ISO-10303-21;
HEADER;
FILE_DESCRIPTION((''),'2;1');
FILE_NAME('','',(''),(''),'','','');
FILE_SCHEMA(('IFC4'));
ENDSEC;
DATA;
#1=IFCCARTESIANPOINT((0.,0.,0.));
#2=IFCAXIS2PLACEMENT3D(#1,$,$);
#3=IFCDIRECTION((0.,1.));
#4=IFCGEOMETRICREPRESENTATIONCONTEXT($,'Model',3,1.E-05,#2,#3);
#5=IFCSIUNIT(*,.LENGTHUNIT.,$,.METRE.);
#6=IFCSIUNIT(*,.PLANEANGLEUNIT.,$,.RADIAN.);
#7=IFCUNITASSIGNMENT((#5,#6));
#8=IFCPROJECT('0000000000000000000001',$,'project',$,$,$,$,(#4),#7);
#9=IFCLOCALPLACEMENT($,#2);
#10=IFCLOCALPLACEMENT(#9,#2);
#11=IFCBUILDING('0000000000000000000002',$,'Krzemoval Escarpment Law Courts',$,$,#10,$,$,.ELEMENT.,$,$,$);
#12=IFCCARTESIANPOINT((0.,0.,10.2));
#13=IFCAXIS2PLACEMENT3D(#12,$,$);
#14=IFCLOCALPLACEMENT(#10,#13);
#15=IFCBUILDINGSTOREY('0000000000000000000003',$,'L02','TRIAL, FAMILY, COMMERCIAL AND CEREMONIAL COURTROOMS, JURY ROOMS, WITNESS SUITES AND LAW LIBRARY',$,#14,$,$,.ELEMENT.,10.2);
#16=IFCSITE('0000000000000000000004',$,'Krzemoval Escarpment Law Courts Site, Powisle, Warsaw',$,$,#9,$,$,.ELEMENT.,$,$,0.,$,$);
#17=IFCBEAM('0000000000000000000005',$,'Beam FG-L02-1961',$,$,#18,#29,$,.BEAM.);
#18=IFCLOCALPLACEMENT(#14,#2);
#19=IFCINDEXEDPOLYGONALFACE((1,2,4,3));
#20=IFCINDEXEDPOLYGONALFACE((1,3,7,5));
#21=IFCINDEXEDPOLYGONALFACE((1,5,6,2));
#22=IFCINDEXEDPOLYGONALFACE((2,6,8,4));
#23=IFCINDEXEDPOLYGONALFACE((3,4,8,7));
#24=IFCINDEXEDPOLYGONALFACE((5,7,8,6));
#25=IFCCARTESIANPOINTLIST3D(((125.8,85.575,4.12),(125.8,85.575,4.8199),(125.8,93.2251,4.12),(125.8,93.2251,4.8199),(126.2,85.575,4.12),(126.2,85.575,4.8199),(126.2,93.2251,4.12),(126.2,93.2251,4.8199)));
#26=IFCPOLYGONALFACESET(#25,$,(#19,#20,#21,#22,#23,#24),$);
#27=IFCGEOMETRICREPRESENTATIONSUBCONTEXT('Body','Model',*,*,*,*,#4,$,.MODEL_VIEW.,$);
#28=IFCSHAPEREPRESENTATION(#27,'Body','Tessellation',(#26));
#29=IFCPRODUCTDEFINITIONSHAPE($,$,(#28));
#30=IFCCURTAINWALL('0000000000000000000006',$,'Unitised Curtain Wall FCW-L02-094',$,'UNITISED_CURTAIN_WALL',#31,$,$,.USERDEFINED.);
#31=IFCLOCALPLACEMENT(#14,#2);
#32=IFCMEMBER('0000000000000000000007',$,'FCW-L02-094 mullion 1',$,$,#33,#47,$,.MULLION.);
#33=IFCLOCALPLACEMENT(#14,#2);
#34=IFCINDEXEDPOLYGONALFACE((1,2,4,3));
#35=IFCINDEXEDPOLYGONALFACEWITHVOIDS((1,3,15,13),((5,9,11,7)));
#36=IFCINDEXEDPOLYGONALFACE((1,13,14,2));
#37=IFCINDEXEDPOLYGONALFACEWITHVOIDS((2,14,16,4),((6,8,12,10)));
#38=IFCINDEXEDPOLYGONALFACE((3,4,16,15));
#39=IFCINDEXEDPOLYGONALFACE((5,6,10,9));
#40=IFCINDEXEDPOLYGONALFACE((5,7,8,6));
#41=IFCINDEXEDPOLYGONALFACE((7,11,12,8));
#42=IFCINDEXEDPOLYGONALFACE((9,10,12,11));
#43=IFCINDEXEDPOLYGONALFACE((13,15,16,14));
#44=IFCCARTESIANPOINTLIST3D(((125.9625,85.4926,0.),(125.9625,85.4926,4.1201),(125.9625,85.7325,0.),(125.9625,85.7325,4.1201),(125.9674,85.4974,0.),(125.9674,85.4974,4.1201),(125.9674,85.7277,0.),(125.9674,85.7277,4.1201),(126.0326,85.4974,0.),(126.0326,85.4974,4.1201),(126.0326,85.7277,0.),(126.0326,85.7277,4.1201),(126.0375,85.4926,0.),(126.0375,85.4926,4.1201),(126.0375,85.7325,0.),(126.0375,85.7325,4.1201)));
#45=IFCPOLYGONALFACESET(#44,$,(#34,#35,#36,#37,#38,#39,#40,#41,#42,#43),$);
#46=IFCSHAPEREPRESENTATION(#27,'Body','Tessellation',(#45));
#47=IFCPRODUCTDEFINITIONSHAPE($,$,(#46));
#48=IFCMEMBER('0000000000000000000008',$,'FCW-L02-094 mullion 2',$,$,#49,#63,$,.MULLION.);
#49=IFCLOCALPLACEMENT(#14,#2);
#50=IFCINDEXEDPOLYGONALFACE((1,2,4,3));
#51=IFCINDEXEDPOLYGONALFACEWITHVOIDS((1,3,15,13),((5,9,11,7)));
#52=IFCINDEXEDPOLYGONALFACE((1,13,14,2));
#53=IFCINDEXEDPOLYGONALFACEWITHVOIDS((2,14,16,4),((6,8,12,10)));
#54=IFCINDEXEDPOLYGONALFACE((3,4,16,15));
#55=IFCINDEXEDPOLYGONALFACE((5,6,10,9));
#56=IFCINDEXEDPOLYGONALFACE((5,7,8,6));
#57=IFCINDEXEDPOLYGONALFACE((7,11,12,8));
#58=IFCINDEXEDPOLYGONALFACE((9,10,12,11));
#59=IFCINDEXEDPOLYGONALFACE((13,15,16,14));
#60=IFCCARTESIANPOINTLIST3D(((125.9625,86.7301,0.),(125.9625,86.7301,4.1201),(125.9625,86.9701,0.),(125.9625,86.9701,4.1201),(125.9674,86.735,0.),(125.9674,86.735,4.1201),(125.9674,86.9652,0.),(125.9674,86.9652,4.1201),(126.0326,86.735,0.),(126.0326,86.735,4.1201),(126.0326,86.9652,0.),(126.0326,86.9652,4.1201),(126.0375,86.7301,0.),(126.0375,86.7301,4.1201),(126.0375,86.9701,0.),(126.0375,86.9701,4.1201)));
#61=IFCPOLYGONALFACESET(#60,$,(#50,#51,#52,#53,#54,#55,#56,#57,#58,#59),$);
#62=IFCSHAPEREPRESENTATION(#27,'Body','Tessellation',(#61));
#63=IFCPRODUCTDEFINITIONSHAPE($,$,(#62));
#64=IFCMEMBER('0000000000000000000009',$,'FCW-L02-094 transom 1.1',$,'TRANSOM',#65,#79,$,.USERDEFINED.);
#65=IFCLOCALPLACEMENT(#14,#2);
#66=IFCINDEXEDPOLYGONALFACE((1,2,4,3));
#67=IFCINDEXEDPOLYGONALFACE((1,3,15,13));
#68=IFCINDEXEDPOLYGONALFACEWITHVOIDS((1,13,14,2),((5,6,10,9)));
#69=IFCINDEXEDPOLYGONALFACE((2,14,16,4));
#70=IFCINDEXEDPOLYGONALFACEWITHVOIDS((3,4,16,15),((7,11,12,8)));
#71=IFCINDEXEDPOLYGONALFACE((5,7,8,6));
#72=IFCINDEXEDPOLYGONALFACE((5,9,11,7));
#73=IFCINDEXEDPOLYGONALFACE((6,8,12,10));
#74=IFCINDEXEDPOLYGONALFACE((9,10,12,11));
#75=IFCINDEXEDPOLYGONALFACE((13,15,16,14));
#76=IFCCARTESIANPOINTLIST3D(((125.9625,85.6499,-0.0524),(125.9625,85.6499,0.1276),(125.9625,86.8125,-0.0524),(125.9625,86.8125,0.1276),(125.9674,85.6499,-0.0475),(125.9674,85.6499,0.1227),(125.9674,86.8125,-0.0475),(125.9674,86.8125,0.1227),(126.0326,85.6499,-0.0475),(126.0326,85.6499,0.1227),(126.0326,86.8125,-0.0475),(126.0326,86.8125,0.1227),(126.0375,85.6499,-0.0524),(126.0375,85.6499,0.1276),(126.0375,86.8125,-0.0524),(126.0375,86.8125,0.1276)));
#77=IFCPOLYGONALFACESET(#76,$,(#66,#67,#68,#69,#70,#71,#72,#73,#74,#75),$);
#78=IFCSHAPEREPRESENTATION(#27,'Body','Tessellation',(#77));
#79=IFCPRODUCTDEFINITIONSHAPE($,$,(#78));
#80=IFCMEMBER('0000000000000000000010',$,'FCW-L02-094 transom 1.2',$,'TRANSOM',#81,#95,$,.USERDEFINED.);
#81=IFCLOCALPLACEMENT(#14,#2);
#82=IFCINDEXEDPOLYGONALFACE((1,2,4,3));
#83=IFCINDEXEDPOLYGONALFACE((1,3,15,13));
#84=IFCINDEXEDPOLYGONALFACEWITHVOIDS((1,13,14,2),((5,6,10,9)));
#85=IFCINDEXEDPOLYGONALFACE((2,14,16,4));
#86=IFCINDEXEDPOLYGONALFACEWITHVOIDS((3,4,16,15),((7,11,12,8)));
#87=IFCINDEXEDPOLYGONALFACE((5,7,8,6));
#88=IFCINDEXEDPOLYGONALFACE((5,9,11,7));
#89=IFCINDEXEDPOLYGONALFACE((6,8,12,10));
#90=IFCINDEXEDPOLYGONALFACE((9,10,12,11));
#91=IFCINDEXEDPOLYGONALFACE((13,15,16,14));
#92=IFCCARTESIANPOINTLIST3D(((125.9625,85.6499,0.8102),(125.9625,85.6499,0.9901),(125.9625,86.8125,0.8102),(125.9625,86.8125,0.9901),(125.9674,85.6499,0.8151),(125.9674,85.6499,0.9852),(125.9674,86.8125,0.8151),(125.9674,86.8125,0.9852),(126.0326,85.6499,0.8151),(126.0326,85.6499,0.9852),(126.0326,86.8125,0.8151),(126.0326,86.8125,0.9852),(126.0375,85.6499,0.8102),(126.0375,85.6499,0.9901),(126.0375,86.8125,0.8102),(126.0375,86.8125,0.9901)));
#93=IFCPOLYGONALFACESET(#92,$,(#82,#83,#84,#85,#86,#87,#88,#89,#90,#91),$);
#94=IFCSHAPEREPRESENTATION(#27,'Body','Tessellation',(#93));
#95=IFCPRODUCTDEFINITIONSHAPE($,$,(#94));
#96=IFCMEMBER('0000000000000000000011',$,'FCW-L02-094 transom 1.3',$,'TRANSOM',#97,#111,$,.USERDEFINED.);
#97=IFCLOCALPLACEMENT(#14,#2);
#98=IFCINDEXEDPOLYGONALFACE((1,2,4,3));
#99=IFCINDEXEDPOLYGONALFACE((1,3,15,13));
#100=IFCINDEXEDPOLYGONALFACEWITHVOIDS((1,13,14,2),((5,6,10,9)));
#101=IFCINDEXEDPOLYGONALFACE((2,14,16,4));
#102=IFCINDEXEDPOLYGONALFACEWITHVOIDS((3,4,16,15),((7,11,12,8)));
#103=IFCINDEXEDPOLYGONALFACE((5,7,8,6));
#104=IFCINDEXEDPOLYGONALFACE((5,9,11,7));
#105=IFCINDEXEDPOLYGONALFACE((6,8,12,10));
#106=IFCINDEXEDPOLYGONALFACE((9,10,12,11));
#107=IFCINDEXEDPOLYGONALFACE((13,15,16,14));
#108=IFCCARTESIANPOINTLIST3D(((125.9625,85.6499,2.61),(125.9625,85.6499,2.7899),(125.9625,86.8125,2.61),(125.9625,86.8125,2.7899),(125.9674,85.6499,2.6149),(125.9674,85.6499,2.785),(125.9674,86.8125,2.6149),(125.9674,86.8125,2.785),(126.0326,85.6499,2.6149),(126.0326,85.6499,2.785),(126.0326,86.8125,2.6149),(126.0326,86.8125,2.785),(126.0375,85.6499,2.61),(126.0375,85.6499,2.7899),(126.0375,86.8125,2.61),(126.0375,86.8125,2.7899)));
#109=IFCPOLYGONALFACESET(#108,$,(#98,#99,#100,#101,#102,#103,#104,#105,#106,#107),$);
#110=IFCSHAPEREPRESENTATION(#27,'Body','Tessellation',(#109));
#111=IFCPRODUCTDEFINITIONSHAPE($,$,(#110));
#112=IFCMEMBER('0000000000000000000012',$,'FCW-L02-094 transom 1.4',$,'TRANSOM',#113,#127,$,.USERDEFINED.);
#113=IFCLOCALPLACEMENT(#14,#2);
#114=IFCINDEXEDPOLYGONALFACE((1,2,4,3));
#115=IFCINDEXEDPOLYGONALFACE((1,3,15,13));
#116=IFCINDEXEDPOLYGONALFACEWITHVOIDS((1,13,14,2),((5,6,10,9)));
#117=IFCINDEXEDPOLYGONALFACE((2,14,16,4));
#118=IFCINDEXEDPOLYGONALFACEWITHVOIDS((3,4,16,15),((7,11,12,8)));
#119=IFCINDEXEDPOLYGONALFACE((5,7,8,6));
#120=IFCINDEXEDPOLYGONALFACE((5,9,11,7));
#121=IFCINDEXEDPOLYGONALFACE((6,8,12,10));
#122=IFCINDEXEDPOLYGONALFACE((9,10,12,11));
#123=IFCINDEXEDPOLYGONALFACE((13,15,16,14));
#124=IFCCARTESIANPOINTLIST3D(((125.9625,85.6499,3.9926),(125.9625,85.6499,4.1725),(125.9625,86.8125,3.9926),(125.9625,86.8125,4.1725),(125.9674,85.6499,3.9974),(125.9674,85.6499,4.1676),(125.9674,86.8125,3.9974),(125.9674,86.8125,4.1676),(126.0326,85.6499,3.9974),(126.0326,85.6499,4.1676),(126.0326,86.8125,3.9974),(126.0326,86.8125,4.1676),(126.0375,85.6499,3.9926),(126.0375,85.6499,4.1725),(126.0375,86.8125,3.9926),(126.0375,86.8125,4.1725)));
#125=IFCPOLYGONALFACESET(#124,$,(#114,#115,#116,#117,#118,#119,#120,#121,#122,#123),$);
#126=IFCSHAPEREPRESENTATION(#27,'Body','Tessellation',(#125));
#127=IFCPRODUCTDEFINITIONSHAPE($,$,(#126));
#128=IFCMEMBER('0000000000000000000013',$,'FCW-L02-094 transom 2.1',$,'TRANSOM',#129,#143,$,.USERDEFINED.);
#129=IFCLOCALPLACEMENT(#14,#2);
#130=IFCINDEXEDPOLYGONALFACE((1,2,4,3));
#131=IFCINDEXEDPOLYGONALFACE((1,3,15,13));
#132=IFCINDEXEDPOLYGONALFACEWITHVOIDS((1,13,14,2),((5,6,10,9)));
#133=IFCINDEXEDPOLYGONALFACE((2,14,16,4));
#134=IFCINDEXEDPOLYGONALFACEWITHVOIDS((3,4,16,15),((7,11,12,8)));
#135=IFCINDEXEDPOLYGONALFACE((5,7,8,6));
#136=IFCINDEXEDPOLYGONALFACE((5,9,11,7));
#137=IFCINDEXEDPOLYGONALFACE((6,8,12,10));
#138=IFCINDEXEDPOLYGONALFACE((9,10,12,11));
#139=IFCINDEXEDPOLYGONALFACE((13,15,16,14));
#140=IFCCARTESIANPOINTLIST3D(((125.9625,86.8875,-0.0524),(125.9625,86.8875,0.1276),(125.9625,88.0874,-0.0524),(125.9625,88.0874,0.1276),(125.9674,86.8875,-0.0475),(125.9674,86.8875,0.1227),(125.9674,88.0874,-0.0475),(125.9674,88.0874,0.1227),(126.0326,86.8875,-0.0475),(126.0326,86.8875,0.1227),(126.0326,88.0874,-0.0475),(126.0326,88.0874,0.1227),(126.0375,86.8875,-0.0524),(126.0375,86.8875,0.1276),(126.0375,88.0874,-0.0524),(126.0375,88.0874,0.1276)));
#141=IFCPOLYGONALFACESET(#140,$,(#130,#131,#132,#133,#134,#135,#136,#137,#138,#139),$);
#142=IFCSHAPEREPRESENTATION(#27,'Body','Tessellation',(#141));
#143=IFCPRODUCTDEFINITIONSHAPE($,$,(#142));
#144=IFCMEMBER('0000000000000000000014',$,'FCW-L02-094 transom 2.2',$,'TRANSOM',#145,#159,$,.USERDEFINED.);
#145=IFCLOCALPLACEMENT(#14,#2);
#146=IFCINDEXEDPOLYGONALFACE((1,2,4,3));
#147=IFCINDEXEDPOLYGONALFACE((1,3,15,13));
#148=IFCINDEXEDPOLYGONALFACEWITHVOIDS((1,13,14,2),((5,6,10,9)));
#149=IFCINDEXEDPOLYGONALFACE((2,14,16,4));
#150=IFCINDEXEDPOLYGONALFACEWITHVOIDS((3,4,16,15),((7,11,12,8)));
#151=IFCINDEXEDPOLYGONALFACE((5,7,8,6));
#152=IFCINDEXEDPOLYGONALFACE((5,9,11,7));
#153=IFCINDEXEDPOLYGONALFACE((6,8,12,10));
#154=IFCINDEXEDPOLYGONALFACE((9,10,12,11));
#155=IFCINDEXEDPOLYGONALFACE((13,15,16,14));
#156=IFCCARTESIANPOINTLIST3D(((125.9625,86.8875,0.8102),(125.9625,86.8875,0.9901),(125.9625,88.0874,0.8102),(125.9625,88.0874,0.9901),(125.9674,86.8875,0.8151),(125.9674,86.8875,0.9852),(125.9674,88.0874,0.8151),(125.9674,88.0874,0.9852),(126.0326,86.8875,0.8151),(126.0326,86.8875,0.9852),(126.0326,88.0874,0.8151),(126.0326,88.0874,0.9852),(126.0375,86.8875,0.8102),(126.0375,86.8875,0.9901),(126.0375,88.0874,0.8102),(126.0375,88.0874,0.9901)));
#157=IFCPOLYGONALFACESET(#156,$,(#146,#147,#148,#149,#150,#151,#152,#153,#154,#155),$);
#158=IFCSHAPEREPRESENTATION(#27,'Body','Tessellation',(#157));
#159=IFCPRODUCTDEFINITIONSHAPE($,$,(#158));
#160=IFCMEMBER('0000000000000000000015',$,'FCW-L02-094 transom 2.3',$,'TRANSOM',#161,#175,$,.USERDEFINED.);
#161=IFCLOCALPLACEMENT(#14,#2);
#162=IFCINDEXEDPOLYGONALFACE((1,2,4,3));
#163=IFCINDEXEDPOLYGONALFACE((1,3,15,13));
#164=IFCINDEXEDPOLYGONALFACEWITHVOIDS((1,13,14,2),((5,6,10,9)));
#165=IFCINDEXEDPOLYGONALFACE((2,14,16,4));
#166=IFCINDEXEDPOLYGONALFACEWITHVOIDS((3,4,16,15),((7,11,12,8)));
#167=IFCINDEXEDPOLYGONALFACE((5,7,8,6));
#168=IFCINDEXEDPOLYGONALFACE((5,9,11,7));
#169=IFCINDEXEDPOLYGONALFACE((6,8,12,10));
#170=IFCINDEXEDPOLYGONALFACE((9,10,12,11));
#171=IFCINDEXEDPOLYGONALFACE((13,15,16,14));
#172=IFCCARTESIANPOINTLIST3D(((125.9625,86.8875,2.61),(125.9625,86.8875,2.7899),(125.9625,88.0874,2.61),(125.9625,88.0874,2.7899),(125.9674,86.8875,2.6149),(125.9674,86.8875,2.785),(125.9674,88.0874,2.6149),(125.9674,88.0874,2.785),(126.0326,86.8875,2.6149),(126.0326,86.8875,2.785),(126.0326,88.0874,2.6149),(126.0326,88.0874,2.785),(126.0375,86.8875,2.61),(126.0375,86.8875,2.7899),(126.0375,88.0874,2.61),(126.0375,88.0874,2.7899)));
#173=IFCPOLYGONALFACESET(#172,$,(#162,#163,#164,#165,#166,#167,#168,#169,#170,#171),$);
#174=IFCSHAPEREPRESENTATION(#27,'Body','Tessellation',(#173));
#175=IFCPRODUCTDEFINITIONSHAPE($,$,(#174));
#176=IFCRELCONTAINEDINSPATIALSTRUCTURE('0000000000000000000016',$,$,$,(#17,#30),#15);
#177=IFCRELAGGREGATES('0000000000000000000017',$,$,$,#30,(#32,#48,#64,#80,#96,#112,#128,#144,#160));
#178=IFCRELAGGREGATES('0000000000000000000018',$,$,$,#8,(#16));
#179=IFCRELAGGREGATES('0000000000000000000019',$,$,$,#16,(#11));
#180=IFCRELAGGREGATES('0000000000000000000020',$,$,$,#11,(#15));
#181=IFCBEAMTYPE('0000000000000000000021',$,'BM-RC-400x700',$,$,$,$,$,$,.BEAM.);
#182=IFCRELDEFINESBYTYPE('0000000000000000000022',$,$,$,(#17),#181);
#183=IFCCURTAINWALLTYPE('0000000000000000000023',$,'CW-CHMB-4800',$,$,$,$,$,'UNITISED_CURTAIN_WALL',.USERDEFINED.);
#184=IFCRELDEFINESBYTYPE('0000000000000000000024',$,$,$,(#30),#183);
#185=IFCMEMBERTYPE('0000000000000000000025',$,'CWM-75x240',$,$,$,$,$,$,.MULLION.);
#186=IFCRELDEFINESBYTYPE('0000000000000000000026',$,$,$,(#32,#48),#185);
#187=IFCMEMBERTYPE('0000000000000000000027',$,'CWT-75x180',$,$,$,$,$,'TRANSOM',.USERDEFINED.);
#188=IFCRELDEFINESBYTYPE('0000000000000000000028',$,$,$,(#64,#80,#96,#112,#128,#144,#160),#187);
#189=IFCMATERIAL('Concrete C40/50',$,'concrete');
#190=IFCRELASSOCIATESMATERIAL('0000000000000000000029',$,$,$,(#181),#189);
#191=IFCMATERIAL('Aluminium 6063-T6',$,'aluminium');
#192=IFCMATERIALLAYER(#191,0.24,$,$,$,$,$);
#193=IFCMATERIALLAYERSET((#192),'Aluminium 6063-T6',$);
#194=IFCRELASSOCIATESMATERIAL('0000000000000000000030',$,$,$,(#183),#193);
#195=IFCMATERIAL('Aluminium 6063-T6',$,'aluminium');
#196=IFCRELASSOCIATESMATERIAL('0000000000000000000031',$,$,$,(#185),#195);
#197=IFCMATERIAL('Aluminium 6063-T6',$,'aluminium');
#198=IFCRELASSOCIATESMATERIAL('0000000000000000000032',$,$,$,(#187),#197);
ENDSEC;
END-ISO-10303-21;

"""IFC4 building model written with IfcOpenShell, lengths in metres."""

from ifc_helpers import new_model, si_unit, direction, frame, origin, origin_2d, place, context, subcontext, project, spatial, rectangle, hollow_rectangle, extrude, material, layer, layer_set, material_profile, profile_set, type_object, element, aggregate, save


model = new_model("IFC4")

# Units and contexts
model_context = context("Model", 3, precision=1e-05, world=origin(), true_north=direction((0.0, 1.0)))
body_context = subcontext(model_context, "Body", "Model", "MODEL_VIEW")
ifc_project = project(units=[si_unit("LENGTHUNIT", "METRE"), si_unit("PLANEANGLEUNIT", "RADIAN")], contexts=[model_context])

# Site, building, storey
site_placement = place(None, origin())
site = spatial("IfcSite", under=ifc_project, at=site_placement, Name="Krzemoval Escarpment Law Courts Site, Powisle, Warsaw", CompositionType="ELEMENT", RefElevation=0.0)
building_placement = place(site_placement, origin())
building = spatial("IfcBuilding", under=site, at=building_placement, Name="Krzemoval Escarpment Law Courts", CompositionType="ELEMENT")
storey_placement = place(building_placement, frame((0.0, 0.0, 10.2)))
storey = spatial("IfcBuildingStorey", under=building, at=storey_placement, Name="L02", Description="TRIAL, FAMILY, COMMERCIAL AND CEREMONIAL COURTROOMS, JURY ROOMS, WITNESS SUITES AND LAW LIBRARY", CompositionType="ELEMENT", Elevation=10.2)

# Beam
ifc_material_1 = material(Name="Concrete C40/50", Category="concrete")
ifc_material_profile_1 = material_profile(ifc_material_1, rectangle(XDim=0.3999, YDim=0.7, at=origin_2d()), Name="RCB 400x700")
ifc_profile_set_1 = profile_set([ifc_material_profile_1], Name="Concrete C40/50")
beam_type = type_object("IfcBeamType", Name="BM-RC-400x700", PredefinedType="BEAM", material=ifc_profile_set_1)
beam_placement = place(storey_placement, frame((126.0, 85.575, 4.47), z_axis=(0.0, 1.0, 0.0), x_axis=(-1.0, 0.0, 0.0)))
element("IfcBeam", 1, at=beam_placement, inside=storey, type_object=beam_type, Name="Beam FG-L02-1961", PredefinedType="BEAM", context=body_context, shape_type="SweptSolid", body=[
    extrude(rectangle(XDim=0.3999, YDim=0.7, at=origin_2d()), origin(), (0.0, 0.0, 1.0), 7.6501),
])

# Curtain wall, members
ifc_material_2 = material(Name="Aluminium 6063-T6", Category="aluminium")
ifc_layer_1 = layer(ifc_material_2, 0.24)
ifc_layer_set_1 = layer_set([ifc_layer_1], Name="Aluminium 6063-T6")
curtain_wall_type = type_object("IfcCurtainWallType", Name="CW-CHMB-4800", ElementType="UNITISED_CURTAIN_WALL", PredefinedType="USERDEFINED", material=ifc_layer_set_1)
curtain_wall_placement = place(storey_placement, origin())
curtain_wall = element("IfcCurtainWall", 2, at=curtain_wall_placement, inside=storey, type_object=curtain_wall_type, Name="Unitised Curtain Wall FCW-L02-094", ObjectType="UNITISED_CURTAIN_WALL", PredefinedType="USERDEFINED")
ifc_material_3 = material(Name="Aluminium 6063-T6", Category="aluminium")
ifc_material_profile_2 = material_profile(ifc_material_3, hollow_rectangle(XDim=0.075, YDim=0.24, WallThickness=0.0049, at=origin_2d()), Name="ALU M75x240")
ifc_profile_set_2 = profile_set([ifc_material_profile_2], Name="Aluminium 6063-T6")
member_type_1 = type_object("IfcMemberType", Name="CWM-75x240", PredefinedType="MULLION", material=ifc_profile_set_2)
member_1_placement = place(storey_placement, frame((126.0, 85.6125, 0.0), z_axis=(0.0, 0.0, 1.0), x_axis=(-1.0, 0.0, 0.0)))
member_1 = element("IfcMember", 3, at=member_1_placement, type_object=member_type_1, Name="FCW-L02-094 mullion 1", PredefinedType="MULLION", context=body_context, shape_type="SweptSolid", body=[
    extrude(hollow_rectangle(XDim=0.075, YDim=0.24, WallThickness=0.0049, at=origin_2d()), origin(), (0.0, 0.0, 1.0), 4.1201),
])
member_2_placement = place(storey_placement, frame((126.0, 86.8501, 0.0), z_axis=(0.0, 0.0, 1.0), x_axis=(-1.0, 0.0, 0.0)))
member_2 = element("IfcMember", 4, at=member_2_placement, type_object=member_type_1, Name="FCW-L02-094 mullion 2", PredefinedType="MULLION", context=body_context, shape_type="SweptSolid", body=[
    extrude(hollow_rectangle(XDim=0.075, YDim=0.24, WallThickness=0.0049, at=origin_2d()), origin(), (0.0, 0.0, 1.0), 4.1201),
])
ifc_material_4 = material(Name="Aluminium 6063-T6", Category="aluminium")
ifc_material_profile_3 = material_profile(ifc_material_4, hollow_rectangle(XDim=0.075, YDim=0.1799, WallThickness=0.0049, at=origin_2d()), Name="ALU T75x180")
ifc_profile_set_3 = profile_set([ifc_material_profile_3], Name="Aluminium 6063-T6")
member_type_2 = type_object("IfcMemberType", Name="CWT-75x180", ElementType="TRANSOM", PredefinedType="USERDEFINED", material=ifc_profile_set_3)
member_3_placement = place(storey_placement, frame((126.0, 85.6499, 0.0376), z_axis=(0.0, 1.0, 0.0), x_axis=(-1.0, 0.0, 0.0)))
member_3 = element("IfcMember", 5, at=member_3_placement, type_object=member_type_2, Name="FCW-L02-094 transom 1.1", ObjectType="TRANSOM", PredefinedType="USERDEFINED", context=body_context, shape_type="SweptSolid", body=[
    extrude(hollow_rectangle(XDim=0.075, YDim=0.1799, WallThickness=0.0049, at=origin_2d()), origin(), (0.0, 0.0, 1.0), 1.1626),
])
member_4_placement = place(storey_placement, frame((126.0, 85.6499, 0.9001), z_axis=(0.0, 1.0, 0.0), x_axis=(-1.0, 0.0, 0.0)))
member_4 = element("IfcMember", 6, at=member_4_placement, type_object=member_type_2, Name="FCW-L02-094 transom 1.2", ObjectType="TRANSOM", PredefinedType="USERDEFINED", context=body_context, shape_type="SweptSolid", body=[
    extrude(hollow_rectangle(XDim=0.075, YDim=0.1799, WallThickness=0.0049, at=origin_2d()), origin(), (0.0, 0.0, 1.0), 1.1626),
])
member_5_placement = place(storey_placement, frame((126.0, 85.6499, 2.7), z_axis=(0.0, 1.0, 0.0), x_axis=(-1.0, 0.0, 0.0)))
member_5 = element("IfcMember", 7, at=member_5_placement, type_object=member_type_2, Name="FCW-L02-094 transom 1.3", ObjectType="TRANSOM", PredefinedType="USERDEFINED", context=body_context, shape_type="SweptSolid", body=[
    extrude(hollow_rectangle(XDim=0.075, YDim=0.1799, WallThickness=0.0049, at=origin_2d()), origin(), (0.0, 0.0, 1.0), 1.1626),
])
member_6_placement = place(storey_placement, frame((126.0, 85.6499, 4.0825), z_axis=(0.0, 1.0, 0.0), x_axis=(-1.0, 0.0, 0.0)))
member_6 = element("IfcMember", 8, at=member_6_placement, type_object=member_type_2, Name="FCW-L02-094 transom 1.4", ObjectType="TRANSOM", PredefinedType="USERDEFINED", context=body_context, shape_type="SweptSolid", body=[
    extrude(hollow_rectangle(XDim=0.075, YDim=0.1799, WallThickness=0.0049, at=origin_2d()), origin(), (0.0, 0.0, 1.0), 1.1626),
])
member_7_placement = place(storey_placement, frame((126.0, 86.8875, 0.0376), z_axis=(0.0, 1.0, 0.0), x_axis=(-1.0, 0.0, 0.0)))
member_7 = element("IfcMember", 9, at=member_7_placement, type_object=member_type_2, Name="FCW-L02-094 transom 2.1", ObjectType="TRANSOM", PredefinedType="USERDEFINED", context=body_context, shape_type="SweptSolid", body=[
    extrude(hollow_rectangle(XDim=0.075, YDim=0.1799, WallThickness=0.0049, at=origin_2d()), origin(), (0.0, 0.0, 1.0), 1.2),
])
member_8_placement = place(storey_placement, frame((126.0, 86.8875, 0.9001), z_axis=(0.0, 1.0, 0.0), x_axis=(-1.0, 0.0, 0.0)))
member_8 = element("IfcMember", 10, at=member_8_placement, type_object=member_type_2, Name="FCW-L02-094 transom 2.2", ObjectType="TRANSOM", PredefinedType="USERDEFINED", context=body_context, shape_type="SweptSolid", body=[
    extrude(hollow_rectangle(XDim=0.075, YDim=0.1799, WallThickness=0.0049, at=origin_2d()), origin(), (0.0, 0.0, 1.0), 1.2),
])
member_9_placement = place(storey_placement, frame((126.0, 86.8875, 2.7), z_axis=(0.0, 1.0, 0.0), x_axis=(-1.0, 0.0, 0.0)))
member_9 = element("IfcMember", 11, at=member_9_placement, type_object=member_type_2, Name="FCW-L02-094 transom 2.3", ObjectType="TRANSOM", PredefinedType="USERDEFINED", context=body_context, shape_type="SweptSolid", body=[
    extrude(hollow_rectangle(XDim=0.075, YDim=0.1799, WallThickness=0.0049, at=origin_2d()), origin(), (0.0, 0.0, 1.0), 1.2),
])

aggregate(curtain_wall, [member_1, member_2, member_3, member_4, member_5, member_6, member_7, member_8, member_9])

save(model, "model.ifc")
